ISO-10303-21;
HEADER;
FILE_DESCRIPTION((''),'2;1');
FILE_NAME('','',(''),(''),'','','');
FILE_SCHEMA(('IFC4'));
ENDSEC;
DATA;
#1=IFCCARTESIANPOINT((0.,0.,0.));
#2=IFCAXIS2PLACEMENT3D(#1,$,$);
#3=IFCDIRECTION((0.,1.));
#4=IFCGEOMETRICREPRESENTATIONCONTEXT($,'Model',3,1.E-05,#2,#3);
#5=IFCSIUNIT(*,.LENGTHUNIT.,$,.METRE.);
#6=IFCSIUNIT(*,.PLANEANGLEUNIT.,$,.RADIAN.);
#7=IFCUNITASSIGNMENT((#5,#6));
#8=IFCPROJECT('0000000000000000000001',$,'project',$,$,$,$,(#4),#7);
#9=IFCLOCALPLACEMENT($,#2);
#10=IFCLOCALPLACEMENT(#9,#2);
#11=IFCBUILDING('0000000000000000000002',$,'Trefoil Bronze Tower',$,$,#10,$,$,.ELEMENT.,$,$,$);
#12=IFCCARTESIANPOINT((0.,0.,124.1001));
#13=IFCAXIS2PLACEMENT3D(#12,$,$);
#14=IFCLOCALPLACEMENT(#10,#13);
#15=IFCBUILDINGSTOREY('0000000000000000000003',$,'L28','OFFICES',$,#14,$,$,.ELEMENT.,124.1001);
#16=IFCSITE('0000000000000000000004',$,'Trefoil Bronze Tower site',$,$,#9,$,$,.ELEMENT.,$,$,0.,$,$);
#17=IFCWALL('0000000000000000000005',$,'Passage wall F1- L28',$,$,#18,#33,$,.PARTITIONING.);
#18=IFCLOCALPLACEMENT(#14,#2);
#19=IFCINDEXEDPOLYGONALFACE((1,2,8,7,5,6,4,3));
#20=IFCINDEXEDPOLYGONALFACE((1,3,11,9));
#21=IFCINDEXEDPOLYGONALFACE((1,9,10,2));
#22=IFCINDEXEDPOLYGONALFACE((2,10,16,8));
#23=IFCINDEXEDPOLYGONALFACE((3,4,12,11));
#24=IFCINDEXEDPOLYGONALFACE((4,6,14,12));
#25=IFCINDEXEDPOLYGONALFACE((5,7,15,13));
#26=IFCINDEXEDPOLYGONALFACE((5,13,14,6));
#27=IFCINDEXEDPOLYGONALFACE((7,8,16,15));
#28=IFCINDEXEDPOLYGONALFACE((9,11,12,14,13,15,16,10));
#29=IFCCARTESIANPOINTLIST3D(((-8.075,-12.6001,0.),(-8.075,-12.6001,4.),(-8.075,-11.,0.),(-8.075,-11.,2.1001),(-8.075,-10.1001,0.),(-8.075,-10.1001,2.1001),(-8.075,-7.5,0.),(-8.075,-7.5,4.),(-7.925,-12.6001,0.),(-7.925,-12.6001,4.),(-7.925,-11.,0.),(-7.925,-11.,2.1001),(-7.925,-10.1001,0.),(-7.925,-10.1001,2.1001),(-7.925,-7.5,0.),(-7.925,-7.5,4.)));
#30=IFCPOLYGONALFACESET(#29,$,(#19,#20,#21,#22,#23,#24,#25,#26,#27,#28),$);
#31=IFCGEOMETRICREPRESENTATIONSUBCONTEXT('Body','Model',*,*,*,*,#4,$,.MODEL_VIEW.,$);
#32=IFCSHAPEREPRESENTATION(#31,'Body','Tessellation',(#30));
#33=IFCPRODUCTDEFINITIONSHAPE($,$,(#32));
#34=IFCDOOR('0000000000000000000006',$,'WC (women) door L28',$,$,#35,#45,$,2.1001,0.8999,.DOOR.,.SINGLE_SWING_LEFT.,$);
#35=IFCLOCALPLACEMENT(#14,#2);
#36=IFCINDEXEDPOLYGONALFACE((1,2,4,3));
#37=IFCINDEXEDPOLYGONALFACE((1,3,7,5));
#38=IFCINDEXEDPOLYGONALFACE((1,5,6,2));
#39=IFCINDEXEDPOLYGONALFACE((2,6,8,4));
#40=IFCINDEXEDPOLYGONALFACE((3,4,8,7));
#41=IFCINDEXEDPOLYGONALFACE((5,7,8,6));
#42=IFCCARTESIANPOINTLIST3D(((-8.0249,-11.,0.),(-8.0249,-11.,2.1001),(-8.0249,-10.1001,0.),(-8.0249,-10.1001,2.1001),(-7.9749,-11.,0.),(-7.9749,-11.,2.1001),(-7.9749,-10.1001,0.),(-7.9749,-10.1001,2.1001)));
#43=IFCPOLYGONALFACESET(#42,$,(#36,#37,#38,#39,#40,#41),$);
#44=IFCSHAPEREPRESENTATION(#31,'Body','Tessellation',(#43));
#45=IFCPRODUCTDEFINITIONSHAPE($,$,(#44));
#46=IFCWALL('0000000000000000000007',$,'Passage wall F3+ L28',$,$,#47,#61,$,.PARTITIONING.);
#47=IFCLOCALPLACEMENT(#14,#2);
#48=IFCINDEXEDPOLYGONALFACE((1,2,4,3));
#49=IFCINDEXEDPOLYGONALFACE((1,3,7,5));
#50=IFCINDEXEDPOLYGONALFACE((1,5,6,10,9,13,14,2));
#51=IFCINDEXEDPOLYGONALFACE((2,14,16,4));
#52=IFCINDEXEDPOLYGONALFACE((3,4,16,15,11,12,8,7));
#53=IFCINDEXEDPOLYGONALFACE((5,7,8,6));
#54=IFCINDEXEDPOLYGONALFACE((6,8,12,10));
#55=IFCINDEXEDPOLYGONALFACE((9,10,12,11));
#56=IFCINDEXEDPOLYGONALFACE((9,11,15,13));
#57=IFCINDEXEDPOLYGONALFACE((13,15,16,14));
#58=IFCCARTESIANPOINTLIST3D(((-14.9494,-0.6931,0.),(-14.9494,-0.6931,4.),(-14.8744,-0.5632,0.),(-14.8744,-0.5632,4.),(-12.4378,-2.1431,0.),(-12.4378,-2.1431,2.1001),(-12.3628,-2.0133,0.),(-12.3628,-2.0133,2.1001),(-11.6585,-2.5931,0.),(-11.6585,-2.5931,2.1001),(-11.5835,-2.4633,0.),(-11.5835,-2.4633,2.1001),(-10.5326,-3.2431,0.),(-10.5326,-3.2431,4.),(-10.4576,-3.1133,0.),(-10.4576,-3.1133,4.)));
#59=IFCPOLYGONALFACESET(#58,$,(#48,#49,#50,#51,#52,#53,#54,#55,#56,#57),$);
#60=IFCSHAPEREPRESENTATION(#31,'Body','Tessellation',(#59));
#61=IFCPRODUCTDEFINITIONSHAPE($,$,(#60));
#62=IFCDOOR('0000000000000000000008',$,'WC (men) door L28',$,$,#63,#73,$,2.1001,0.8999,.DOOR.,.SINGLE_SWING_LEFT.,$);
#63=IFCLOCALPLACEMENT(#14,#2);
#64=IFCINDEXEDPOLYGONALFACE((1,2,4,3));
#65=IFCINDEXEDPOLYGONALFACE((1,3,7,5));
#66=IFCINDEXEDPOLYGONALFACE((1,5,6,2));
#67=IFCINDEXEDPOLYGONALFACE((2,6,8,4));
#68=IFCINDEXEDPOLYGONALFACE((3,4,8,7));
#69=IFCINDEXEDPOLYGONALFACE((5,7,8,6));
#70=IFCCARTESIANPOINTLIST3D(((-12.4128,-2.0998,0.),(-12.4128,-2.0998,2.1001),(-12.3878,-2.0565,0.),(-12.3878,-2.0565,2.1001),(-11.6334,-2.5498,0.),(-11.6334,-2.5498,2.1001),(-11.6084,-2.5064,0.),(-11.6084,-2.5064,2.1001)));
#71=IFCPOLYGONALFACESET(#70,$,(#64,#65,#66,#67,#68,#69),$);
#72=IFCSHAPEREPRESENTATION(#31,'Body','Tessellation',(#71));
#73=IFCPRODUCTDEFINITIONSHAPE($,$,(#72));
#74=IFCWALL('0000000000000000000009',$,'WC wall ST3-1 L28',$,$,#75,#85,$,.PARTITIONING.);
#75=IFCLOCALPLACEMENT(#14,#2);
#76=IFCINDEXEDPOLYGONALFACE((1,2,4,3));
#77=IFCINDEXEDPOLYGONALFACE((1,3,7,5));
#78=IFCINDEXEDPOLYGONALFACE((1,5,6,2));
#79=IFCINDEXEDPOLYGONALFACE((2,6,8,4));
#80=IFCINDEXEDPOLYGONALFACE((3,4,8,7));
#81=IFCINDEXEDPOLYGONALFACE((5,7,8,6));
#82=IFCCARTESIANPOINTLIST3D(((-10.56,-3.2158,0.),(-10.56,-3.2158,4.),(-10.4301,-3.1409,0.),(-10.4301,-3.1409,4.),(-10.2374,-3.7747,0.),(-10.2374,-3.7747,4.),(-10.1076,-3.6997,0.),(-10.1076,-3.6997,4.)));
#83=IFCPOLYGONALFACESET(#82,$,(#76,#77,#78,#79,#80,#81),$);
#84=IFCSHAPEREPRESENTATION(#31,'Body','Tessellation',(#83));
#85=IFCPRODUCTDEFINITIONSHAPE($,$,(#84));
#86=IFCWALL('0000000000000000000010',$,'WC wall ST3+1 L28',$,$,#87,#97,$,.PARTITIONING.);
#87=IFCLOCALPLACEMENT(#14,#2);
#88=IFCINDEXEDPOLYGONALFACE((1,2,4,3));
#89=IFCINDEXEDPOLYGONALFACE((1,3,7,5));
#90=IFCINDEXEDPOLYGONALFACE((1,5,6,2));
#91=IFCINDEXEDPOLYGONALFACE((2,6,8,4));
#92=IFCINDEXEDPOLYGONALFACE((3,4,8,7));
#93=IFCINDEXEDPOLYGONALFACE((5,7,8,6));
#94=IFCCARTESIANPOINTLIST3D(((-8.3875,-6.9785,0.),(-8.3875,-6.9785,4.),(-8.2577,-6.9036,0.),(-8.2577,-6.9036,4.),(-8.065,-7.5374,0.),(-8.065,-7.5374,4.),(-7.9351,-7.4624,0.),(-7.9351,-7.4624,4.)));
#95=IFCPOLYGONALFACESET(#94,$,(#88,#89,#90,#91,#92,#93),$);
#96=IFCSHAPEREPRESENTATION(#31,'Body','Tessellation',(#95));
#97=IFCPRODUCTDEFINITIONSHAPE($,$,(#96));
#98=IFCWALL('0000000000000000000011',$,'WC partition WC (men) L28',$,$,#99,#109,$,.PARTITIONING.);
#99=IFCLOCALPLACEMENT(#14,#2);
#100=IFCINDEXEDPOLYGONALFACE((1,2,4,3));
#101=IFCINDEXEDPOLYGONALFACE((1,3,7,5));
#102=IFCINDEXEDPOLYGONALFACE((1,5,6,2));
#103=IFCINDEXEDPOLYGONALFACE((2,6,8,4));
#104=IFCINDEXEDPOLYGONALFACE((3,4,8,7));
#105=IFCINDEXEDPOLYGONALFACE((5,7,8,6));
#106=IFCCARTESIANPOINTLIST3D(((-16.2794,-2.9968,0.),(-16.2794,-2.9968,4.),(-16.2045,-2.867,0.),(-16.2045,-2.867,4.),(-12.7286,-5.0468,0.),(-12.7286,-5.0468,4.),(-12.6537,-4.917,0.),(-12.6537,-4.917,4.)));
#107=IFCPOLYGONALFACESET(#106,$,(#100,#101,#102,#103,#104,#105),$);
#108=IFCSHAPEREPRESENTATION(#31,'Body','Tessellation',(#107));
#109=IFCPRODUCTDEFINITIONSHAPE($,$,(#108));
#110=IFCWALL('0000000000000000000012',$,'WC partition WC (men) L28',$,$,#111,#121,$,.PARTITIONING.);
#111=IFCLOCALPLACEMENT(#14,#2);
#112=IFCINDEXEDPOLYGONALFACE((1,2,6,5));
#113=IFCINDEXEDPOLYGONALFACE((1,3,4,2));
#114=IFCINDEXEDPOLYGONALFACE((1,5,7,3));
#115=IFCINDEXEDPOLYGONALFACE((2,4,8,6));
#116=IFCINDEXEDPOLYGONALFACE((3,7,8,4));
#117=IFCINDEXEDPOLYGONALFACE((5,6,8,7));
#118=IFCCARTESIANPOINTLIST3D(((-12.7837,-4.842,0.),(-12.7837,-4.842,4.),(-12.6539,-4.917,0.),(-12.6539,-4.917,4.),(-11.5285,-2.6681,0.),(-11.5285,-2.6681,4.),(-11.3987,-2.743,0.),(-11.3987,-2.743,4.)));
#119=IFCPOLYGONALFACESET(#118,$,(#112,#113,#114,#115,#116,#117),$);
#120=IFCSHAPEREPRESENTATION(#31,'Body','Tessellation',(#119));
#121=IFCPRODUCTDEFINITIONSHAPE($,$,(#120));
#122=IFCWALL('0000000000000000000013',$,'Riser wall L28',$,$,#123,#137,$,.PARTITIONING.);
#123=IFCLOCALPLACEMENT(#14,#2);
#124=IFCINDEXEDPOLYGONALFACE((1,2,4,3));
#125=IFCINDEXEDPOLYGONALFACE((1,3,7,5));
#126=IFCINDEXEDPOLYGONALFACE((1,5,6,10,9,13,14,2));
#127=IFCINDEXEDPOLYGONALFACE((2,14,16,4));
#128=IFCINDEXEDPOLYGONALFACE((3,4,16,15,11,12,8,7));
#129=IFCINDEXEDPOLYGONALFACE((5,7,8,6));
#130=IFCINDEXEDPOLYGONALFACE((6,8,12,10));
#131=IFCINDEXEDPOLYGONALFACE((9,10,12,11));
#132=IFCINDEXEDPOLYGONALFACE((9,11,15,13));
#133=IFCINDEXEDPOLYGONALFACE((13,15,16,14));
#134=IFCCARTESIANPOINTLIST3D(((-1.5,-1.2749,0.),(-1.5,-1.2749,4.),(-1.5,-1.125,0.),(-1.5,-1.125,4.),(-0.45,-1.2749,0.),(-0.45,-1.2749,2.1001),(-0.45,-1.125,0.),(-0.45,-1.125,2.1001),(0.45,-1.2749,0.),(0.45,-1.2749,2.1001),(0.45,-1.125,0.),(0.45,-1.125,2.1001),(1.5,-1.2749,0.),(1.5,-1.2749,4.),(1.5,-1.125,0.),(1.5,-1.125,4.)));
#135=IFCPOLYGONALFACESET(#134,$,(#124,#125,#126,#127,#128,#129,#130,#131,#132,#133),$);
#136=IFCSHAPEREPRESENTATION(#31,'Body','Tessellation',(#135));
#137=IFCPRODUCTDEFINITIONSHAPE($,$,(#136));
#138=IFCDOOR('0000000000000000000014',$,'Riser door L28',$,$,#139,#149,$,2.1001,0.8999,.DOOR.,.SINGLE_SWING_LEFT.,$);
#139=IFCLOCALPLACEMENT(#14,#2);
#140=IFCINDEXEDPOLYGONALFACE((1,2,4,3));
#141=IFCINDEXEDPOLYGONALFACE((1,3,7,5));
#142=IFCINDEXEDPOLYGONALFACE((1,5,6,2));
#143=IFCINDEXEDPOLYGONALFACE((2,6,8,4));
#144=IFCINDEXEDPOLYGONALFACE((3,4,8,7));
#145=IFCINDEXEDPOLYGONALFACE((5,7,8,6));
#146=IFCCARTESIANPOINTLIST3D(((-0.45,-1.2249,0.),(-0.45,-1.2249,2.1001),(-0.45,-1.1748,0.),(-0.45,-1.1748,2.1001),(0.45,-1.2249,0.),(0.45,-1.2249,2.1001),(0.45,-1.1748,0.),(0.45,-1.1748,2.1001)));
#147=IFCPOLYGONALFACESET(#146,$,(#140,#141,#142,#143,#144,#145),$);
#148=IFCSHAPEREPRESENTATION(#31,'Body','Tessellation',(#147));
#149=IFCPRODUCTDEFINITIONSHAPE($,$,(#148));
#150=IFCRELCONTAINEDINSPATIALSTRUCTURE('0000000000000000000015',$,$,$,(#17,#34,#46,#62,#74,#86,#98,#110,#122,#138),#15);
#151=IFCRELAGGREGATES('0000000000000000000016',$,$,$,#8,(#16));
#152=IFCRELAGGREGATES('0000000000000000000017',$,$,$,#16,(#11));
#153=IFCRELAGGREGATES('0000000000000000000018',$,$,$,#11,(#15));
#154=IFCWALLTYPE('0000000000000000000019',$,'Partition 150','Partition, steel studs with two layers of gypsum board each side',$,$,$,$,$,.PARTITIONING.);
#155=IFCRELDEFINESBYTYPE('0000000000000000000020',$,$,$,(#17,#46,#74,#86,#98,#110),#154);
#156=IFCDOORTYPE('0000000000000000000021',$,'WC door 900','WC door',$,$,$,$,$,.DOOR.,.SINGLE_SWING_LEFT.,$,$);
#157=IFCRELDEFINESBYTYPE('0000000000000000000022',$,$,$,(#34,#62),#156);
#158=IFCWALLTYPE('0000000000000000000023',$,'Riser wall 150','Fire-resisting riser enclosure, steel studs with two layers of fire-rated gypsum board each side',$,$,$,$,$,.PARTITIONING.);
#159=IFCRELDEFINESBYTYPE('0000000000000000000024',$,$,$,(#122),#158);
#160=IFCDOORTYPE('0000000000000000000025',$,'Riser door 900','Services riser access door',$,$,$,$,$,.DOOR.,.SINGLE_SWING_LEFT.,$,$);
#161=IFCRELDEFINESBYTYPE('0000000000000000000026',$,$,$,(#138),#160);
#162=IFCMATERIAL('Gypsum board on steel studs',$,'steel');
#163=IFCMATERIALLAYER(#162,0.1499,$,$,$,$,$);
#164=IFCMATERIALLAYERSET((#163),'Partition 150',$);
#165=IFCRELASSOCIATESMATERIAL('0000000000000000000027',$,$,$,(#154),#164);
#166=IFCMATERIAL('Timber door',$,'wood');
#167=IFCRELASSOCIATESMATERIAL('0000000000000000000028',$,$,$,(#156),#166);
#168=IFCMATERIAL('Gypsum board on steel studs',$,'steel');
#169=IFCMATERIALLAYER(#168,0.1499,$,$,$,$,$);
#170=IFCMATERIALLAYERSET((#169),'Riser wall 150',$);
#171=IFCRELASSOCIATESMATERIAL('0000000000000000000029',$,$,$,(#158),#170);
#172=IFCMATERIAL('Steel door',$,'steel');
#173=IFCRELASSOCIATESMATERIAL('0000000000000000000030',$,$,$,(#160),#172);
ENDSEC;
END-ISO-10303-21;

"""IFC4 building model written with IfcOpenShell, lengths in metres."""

from ifc_helpers import new_model, si_unit, direction, frame, frame_2d, origin, place, context, subcontext, project, spatial, rectangle, extrude, material, layer, layer_set, type_object, element, fill, save


model = new_model("IFC4")

# Units and contexts
model_context = context("Model", 3, precision=1e-05, world=origin(), true_north=direction((0.0, 1.0)))
body_context = subcontext(model_context, "Body", "Model", "MODEL_VIEW")
ifc_project = project(units=[si_unit("LENGTHUNIT", "METRE"), si_unit("PLANEANGLEUNIT", "RADIAN")], contexts=[model_context])

# Site, building, storey
site_placement = place(None, origin())
site = spatial("IfcSite", under=ifc_project, at=site_placement, Name="Trefoil Bronze Tower site", CompositionType="ELEMENT", RefElevation=0.0)
building_placement = place(site_placement, origin())
building = spatial("IfcBuilding", under=site, at=building_placement, Name="Trefoil Bronze Tower", CompositionType="ELEMENT")
storey_placement = place(building_placement, frame((0.0, 0.0, 124.1001)))
storey = spatial("IfcBuildingStorey", under=building, at=storey_placement, Name="L28", Description="OFFICES", CompositionType="ELEMENT", Elevation=124.1001)

# Walls, openings, doors
ifc_material_1 = material(Name="Gypsum board on steel studs", Category="steel")
ifc_layer_1 = layer(ifc_material_1, 0.1499)
ifc_layer_set_1 = layer_set([ifc_layer_1], Name="Partition 150")
wall_type_1 = type_object("IfcWallType", Name="Partition 150", Description="Partition, steel studs with two layers of gypsum board each side", PredefinedType="PARTITIONING", material=ifc_layer_set_1)
wall_1_placement = place(storey_placement, frame((-8.0, -7.5, 0.0), z_axis=(0.0, 0.0, 1.0), x_axis=(0.0, -1.0, 0.0)))
wall_1 = element("IfcWall", 1, at=wall_1_placement, inside=storey, type_object=wall_type_1, Name="Passage wall F1- L28", PredefinedType="PARTITIONING", context=body_context, shape_type="SweptSolid", body=[
    extrude(rectangle(XDim=5.1001, YDim=0.1499, at=frame_2d((2.55, 0.0))), origin(), (0.0, 0.0, 1.0), 4.0),
])
opening_1_placement = place(wall_1_placement, frame((2.6001, 0.0, 0.0)))
opening_1 = element("IfcOpeningElement", 2, at=opening_1_placement, cuts=wall_1, PredefinedType="OPENING", context=body_context, shape_type="SweptSolid", body=[
    extrude(rectangle(XDim=0.8999, YDim=2.1001, at=frame_2d((0.45, 1.05))), frame((0.0, 0.085, 0.0), z_axis=(0.0, -1.0, 0.0), x_axis=(1.0, 0.0, 0.0)), (0.0, 0.0, 1.0), 0.1699),
])
ifc_material_2 = material(Name="Timber door", Category="wood")
door_type_1 = type_object("IfcDoorType", Name="WC door 900", Description="WC door", OperationType="SINGLE_SWING_LEFT", PredefinedType="DOOR", material=ifc_material_2)
door_1_placement = place(opening_1_placement, frame((0.8999, 0.0, 0.0), z_axis=(0.0, 0.0, 1.0), x_axis=(-1.0, 0.0, 0.0)))
door_1 = element("IfcDoor", 3, at=door_1_placement, inside=storey, type_object=door_type_1, Name="WC (women) door L28", OperationType="SINGLE_SWING_LEFT", OverallHeight=2.1001, OverallWidth=0.8999, PredefinedType="DOOR", context=body_context, shape_type="SweptSolid", body=[
    extrude(rectangle(XDim=0.8999, YDim=2.1001, at=frame_2d((0.45, 1.05))), frame((0.0, 0.0249, 0.0), z_axis=(0.0, -1.0, 0.0), x_axis=(1.0, 0.0, 0.0)), (0.0, 0.0, 1.0), 0.05),
])
fill(opening_1, door_1)
wall_2_placement = place(storey_placement, frame((-10.4951, -3.1782, 0.0), z_axis=(0.0, 0.0, 1.0), x_axis=(-0.866022, 0.500006, 0.0)))
wall_2 = element("IfcWall", 4, at=wall_2_placement, inside=storey, type_object=wall_type_1, Name="Passage wall F3+ L28", PredefinedType="PARTITIONING", context=body_context, shape_type="SweptSolid", body=[
    extrude(rectangle(XDim=5.1001, YDim=0.1499, at=frame_2d((2.55, 0.0))), origin(), (0.0, 0.0, 1.0), 4.0),
])
opening_2_placement = place(wall_2_placement, frame((1.3, 0.0, 0.0)))
opening_2 = element("IfcOpeningElement", 5, at=opening_2_placement, cuts=wall_2, PredefinedType="OPENING", context=body_context, shape_type="SweptSolid", body=[
    extrude(rectangle(XDim=0.8999, YDim=2.1001, at=frame_2d((0.45, 1.05))), frame((0.0, 0.085, 0.0), z_axis=(0.0, -1.0, 0.0), x_axis=(1.0, 0.0, 0.0)), (0.0, 0.0, 1.0), 0.1699),
])
door_2_placement = place(opening_2_placement, origin())
door_2 = element("IfcDoor", 6, at=door_2_placement, inside=storey, type_object=door_type_1, Name="WC (men) door L28", OperationType="SINGLE_SWING_LEFT", OverallHeight=2.1001, OverallWidth=0.8999, PredefinedType="DOOR", context=body_context, shape_type="SweptSolid", body=[
    extrude(rectangle(XDim=0.8999, YDim=2.1001, at=frame_2d((0.45, 1.05))), frame((0.0, 0.0249, 0.0), z_axis=(0.0, -1.0, 0.0), x_axis=(1.0, 0.0, 0.0)), (0.0, 0.0, 1.0), 0.05),
])
fill(opening_2, door_2)

# Walls
for number, where, z_axis, x_axis, name in (
    (7, (-10.4951, -3.1782, 0.0), (0.0, 0.0, 1.0), (0.499843, -0.866116, 0.0), "WC wall ST3-1 L28"),
    (8, (-8.0, -7.5, 0.0), (0.0, 0.0, 1.0), (-0.499843, 0.866116, 0.0), "WC wall ST3+1 L28"),
):
    element("IfcWall", number, at=place(storey_placement, frame(where, z_axis=z_axis, x_axis=x_axis)), inside=storey, type_object=wall_type_1, Name=name, PredefinedType="PARTITIONING", context=body_context, shape_type="SweptSolid", body=[
        extrude(rectangle(XDim=0.6453, YDim=0.1499, at=frame_2d((0.3228, 0.0))), origin(), (0.0, 0.0, 1.0), 4.0),
    ])
wall_3_placement = place(storey_placement, frame((-12.6912, -4.9819, 0.0), z_axis=(0.0, 0.0, 1.0), x_axis=(-0.866025, 0.500001, 0.0)))
element("IfcWall", 9, at=wall_3_placement, inside=storey, type_object=wall_type_1, Name="WC partition WC (men) L28", PredefinedType="PARTITIONING", context=body_context, shape_type="SweptSolid", body=[
    extrude(rectangle(XDim=4.1001, YDim=0.1499, at=frame_2d((2.05, 0.0))), origin(), (0.0, 0.0, 1.0), 4.0),
])
wall_4_placement = place(storey_placement, frame((-11.4636, -2.7056, 0.0), z_axis=(0.0, 0.0, 1.0), x_axis=(-0.50002, -0.866014, 0.0)))
element("IfcWall", 10, at=wall_4_placement, inside=storey, type_object=wall_type_1, Name="WC partition WC (men) L28", PredefinedType="PARTITIONING", context=body_context, shape_type="SweptSolid", body=[
    extrude(rectangle(XDim=2.5103, YDim=0.1499, at=frame_2d((1.2551, 0.0))), origin(), (0.0, 0.0, 1.0), 4.0),
])

# Wall, opening, door
ifc_material_3 = material(Name="Gypsum board on steel studs", Category="steel")
ifc_layer_2 = layer(ifc_material_3, 0.1499)
ifc_layer_set_2 = layer_set([ifc_layer_2], Name="Riser wall 150")
wall_type_2 = type_object("IfcWallType", Name="Riser wall 150", Description="Fire-resisting riser enclosure, steel studs with two layers of fire-rated gypsum board each side", PredefinedType="PARTITIONING", material=ifc_layer_set_2)
wall_5_placement = place(storey_placement, frame((-1.5, -1.2, 0.0), z_axis=(0.0, 0.0, 1.0), x_axis=(1.0, 0.0, 0.0)))
wall_5 = element("IfcWall", 11, at=wall_5_placement, inside=storey, type_object=wall_type_2, Name="Riser wall L28", PredefinedType="PARTITIONING", context=body_context, shape_type="SweptSolid", body=[
    extrude(rectangle(XDim=3.0, YDim=0.1499, at=frame_2d((1.5, 0.0))), origin(), (0.0, 0.0, 1.0), 4.0),
])
opening_3_placement = place(wall_5_placement, frame((1.05, 0.0, 0.0)))
opening_3 = element("IfcOpeningElement", 12, at=opening_3_placement, cuts=wall_5, PredefinedType="OPENING", context=body_context, shape_type="SweptSolid", body=[
    extrude(rectangle(XDim=0.8999, YDim=2.1001, at=frame_2d((0.45, 1.05))), frame((0.0, 0.085, 0.0), z_axis=(0.0, -1.0, 0.0), x_axis=(1.0, 0.0, 0.0)), (0.0, 0.0, 1.0), 0.1699),
])
ifc_material_4 = material(Name="Steel door", Category="steel")
door_type_2 = type_object("IfcDoorType", Name="Riser door 900", Description="Services riser access door", OperationType="SINGLE_SWING_LEFT", PredefinedType="DOOR", material=ifc_material_4)
door_3_placement = place(opening_3_placement, frame((0.8999, 0.0, 0.0), z_axis=(0.0, 0.0, 1.0), x_axis=(-1.0, 0.0, 0.0)))
door_3 = element("IfcDoor", 13, at=door_3_placement, inside=storey, type_object=door_type_2, Name="Riser door L28", OperationType="SINGLE_SWING_LEFT", OverallHeight=2.1001, OverallWidth=0.8999, PredefinedType="DOOR", context=body_context, shape_type="SweptSolid", body=[
    extrude(rectangle(XDim=0.8999, YDim=2.1001, at=frame_2d((0.45, 1.05))), frame((0.0, 0.0249, 0.0), z_axis=(0.0, -1.0, 0.0), x_axis=(1.0, 0.0, 0.0)), (0.0, 0.0, 1.0), 0.05),
])
fill(opening_3, door_3)

save(model, "model.ifc")
